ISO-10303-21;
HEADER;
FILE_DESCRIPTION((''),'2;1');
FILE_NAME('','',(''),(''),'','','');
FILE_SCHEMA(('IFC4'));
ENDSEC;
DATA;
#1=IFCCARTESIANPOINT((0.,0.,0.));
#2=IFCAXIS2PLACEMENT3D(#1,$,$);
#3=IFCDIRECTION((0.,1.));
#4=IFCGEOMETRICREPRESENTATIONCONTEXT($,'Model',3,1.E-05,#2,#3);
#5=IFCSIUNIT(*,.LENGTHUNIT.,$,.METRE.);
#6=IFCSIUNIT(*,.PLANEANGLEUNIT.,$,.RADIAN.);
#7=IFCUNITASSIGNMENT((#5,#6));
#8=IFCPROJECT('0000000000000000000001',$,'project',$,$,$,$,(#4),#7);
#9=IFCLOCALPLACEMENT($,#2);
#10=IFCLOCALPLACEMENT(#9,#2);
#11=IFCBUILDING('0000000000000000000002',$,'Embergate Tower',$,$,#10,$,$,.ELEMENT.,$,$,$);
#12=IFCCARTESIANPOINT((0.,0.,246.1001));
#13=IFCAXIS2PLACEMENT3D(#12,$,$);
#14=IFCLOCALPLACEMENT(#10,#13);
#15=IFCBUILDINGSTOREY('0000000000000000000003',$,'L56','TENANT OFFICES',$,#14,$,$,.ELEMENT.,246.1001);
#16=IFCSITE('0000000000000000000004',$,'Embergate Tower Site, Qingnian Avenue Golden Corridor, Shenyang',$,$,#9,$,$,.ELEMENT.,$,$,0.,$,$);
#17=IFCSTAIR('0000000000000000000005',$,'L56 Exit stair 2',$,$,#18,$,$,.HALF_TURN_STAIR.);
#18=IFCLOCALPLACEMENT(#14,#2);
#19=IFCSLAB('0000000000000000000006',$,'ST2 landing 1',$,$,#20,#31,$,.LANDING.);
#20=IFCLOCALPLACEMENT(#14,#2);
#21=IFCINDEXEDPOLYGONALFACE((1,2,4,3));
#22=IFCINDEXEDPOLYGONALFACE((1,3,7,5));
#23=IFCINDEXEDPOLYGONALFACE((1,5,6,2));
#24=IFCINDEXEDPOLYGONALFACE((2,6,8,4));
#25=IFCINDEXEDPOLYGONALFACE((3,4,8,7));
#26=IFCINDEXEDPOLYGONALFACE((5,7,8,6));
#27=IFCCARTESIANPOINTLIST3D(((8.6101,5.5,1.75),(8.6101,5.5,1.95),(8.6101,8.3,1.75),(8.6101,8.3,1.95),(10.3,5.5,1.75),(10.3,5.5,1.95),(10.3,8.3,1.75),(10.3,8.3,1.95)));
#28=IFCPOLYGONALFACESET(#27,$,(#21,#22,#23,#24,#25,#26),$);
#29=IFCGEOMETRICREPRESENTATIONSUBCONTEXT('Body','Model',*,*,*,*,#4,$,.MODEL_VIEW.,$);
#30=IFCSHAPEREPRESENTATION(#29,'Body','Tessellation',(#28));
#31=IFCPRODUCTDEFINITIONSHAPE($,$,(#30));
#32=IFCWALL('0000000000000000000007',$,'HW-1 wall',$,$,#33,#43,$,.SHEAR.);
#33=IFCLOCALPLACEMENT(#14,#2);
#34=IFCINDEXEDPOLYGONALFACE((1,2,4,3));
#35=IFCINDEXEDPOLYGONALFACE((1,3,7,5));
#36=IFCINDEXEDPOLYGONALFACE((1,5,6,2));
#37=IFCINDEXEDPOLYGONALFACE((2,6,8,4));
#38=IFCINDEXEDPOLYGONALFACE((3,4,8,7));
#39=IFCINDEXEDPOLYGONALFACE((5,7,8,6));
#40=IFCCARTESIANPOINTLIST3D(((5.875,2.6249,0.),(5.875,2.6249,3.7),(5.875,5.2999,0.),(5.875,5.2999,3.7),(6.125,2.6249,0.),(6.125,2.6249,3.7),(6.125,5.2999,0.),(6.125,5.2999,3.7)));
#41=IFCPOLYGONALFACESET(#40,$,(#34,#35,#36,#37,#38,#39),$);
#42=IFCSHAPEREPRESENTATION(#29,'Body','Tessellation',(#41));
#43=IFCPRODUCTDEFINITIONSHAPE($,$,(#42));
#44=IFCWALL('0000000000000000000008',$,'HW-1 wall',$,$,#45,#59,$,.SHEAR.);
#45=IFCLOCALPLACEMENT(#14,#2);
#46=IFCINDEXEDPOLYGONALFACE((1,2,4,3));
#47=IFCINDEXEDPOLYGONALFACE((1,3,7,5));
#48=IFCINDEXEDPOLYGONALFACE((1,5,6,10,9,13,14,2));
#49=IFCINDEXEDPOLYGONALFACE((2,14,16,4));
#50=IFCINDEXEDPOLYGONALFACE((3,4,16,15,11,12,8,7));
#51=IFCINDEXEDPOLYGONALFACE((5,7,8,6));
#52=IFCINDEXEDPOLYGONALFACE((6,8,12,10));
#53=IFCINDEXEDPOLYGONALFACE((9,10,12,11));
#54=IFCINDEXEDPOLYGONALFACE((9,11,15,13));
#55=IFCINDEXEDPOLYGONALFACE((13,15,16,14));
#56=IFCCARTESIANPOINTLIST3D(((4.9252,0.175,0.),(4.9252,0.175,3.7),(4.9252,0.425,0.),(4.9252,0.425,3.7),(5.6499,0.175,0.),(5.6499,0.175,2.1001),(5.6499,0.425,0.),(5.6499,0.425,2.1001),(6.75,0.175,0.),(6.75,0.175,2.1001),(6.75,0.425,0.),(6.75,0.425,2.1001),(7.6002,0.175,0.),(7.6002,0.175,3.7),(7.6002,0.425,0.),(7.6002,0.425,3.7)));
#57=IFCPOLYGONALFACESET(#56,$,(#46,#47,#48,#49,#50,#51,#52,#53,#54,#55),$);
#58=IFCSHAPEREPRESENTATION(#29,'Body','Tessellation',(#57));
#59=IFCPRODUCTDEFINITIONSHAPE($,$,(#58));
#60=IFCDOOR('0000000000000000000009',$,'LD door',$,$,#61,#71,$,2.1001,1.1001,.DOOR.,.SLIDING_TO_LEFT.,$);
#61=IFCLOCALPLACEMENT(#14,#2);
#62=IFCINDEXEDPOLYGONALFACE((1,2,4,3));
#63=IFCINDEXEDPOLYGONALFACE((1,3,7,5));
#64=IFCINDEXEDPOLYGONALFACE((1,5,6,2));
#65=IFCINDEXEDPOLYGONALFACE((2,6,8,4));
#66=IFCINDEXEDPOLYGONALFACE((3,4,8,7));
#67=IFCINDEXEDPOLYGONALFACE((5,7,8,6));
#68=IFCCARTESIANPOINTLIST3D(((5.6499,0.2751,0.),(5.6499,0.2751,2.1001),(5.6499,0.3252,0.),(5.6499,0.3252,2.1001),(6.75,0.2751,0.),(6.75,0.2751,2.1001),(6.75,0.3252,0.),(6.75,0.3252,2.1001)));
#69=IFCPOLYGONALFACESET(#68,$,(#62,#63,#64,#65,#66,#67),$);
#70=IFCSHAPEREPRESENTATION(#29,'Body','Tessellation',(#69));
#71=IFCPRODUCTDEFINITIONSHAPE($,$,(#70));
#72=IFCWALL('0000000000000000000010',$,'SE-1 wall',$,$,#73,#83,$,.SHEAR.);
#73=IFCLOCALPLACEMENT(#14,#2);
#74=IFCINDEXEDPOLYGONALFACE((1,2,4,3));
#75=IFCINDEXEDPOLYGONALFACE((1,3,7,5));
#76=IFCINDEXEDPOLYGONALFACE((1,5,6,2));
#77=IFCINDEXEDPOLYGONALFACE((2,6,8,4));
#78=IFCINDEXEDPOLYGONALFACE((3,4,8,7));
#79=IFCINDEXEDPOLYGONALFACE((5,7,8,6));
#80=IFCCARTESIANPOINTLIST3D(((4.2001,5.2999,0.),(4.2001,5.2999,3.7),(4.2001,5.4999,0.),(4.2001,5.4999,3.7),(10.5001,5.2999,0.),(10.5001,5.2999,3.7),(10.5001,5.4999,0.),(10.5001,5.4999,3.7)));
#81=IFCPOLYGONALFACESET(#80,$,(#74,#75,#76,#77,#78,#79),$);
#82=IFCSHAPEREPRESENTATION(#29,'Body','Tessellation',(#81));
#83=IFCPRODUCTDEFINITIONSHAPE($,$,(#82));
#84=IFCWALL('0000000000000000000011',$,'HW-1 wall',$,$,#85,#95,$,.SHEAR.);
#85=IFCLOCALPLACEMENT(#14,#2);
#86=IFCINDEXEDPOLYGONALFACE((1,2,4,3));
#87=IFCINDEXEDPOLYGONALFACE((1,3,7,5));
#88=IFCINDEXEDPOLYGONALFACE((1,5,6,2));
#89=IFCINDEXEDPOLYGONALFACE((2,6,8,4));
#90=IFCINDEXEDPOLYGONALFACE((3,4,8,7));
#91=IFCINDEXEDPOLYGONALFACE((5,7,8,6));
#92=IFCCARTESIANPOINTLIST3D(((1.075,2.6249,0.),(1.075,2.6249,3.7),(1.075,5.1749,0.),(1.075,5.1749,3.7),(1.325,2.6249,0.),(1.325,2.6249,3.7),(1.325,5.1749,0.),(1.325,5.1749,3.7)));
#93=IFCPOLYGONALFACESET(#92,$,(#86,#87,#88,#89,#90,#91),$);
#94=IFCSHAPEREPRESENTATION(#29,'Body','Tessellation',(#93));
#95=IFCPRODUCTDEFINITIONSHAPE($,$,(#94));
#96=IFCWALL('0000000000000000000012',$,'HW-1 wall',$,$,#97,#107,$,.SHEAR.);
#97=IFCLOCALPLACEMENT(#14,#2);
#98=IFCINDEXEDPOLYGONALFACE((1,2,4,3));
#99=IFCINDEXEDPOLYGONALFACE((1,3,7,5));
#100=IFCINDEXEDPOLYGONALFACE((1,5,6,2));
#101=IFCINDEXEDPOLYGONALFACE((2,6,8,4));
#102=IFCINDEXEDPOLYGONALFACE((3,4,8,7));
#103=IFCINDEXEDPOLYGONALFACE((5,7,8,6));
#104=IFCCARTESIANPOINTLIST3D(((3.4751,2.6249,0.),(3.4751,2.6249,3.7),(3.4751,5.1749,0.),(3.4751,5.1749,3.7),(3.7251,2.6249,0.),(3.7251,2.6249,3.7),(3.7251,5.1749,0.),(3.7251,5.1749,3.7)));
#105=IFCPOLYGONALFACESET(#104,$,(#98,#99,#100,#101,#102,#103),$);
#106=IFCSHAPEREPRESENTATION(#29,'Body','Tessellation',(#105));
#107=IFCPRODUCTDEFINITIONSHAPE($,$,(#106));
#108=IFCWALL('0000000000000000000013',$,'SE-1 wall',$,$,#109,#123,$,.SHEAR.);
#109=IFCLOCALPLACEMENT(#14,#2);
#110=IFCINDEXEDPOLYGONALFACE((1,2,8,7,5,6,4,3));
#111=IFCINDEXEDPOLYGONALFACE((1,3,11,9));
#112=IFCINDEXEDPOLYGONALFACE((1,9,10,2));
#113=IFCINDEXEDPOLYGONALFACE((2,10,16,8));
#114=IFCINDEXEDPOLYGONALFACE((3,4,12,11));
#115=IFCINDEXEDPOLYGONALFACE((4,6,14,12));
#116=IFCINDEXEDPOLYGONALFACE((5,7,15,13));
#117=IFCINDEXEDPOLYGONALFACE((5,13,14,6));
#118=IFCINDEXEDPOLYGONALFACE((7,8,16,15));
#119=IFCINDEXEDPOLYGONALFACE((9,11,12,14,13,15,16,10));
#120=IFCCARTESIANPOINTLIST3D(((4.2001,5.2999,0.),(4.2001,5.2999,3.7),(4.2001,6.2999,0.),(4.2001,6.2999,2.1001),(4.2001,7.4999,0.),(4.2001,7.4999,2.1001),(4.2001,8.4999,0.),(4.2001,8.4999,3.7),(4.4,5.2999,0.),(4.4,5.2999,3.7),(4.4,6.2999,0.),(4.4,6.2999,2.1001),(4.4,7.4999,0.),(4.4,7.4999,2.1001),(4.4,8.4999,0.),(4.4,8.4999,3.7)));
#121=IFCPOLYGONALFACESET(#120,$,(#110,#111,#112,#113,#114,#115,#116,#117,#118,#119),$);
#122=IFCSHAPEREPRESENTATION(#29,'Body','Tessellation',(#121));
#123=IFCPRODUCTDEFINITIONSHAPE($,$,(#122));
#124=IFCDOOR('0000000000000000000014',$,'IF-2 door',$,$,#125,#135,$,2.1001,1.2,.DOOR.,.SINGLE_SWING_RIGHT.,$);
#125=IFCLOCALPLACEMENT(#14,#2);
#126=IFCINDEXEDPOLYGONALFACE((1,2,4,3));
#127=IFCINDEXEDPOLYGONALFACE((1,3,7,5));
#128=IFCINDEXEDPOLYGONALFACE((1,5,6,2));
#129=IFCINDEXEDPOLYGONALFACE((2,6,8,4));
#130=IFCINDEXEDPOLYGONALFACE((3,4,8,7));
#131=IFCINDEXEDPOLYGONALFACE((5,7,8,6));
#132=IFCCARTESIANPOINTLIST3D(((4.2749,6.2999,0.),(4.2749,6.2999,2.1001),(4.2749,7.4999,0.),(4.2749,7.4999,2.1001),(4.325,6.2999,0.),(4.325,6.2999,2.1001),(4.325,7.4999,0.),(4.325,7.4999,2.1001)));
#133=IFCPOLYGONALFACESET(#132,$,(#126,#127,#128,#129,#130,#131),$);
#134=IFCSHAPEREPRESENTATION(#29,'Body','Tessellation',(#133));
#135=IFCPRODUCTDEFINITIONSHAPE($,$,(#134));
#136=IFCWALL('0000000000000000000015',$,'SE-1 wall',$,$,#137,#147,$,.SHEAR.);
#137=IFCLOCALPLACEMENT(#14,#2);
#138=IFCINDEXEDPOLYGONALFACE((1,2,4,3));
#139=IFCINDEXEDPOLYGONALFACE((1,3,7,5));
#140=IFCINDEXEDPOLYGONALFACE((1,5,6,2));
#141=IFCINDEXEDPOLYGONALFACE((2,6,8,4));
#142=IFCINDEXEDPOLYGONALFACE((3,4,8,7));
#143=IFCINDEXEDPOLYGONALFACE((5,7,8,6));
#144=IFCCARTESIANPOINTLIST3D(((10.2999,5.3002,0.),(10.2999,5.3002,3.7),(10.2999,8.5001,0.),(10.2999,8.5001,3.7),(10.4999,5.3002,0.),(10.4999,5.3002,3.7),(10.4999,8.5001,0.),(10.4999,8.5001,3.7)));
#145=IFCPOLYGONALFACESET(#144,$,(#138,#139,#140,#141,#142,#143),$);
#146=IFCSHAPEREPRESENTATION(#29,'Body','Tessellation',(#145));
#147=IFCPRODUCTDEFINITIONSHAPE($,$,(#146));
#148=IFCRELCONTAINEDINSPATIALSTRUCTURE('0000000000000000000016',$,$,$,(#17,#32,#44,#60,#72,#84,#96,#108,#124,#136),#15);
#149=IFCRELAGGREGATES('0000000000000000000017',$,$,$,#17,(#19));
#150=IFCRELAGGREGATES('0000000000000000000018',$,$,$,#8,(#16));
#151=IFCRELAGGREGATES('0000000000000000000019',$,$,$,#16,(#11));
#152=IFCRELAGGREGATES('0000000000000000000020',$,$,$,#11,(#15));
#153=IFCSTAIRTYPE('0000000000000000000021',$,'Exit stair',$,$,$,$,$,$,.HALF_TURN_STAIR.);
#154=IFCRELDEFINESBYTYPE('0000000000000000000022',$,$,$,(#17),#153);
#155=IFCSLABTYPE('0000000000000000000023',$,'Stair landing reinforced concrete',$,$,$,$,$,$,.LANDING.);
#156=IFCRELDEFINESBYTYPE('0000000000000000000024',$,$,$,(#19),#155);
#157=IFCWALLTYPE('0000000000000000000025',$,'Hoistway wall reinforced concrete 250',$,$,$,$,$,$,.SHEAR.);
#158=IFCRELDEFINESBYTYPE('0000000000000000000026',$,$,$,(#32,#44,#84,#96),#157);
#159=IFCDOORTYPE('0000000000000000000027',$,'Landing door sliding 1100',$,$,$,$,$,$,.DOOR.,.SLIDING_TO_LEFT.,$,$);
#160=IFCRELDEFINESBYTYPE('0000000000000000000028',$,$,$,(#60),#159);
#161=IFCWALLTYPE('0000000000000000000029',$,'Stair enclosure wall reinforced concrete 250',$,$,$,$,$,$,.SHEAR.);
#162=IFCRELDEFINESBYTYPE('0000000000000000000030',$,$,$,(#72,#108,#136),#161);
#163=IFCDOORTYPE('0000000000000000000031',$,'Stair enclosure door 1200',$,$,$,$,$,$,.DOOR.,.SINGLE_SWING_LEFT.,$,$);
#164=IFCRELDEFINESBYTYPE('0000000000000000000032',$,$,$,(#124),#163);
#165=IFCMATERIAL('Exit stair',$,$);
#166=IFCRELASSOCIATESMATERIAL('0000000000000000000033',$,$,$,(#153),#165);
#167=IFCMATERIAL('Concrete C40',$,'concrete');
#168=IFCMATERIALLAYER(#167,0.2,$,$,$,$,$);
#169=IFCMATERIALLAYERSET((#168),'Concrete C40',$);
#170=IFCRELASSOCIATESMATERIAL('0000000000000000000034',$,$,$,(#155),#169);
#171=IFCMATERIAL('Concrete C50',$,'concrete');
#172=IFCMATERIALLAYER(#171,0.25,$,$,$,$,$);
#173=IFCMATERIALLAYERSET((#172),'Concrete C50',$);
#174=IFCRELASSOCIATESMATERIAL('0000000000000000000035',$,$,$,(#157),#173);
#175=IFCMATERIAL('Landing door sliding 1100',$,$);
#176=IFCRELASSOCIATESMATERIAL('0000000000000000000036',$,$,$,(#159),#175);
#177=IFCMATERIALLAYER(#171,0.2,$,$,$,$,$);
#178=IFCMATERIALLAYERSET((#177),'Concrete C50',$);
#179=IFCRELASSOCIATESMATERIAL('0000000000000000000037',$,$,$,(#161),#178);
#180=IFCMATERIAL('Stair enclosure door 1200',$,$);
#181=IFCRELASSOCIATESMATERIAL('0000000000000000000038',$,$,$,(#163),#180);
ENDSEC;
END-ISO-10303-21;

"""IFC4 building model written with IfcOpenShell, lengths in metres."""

from ifc_helpers import new_model, si_unit, direction, frame, frame_2d, origin, place, context, subcontext, project, spatial, polyline, rectangle, outline, extrude, source, transform, mapped, material, layer, layer_set, type_object, element, fill, aggregate, save


model = new_model("IFC4")

# Units and contexts
model_context = context("Model", 3, precision=1e-05, world=origin(), true_north=direction((0.0, 1.0)))
body_context = subcontext(model_context, "Body", "Model", "MODEL_VIEW")
ifc_project = project(units=[si_unit("LENGTHUNIT", "METRE"), si_unit("PLANEANGLEUNIT", "RADIAN")], contexts=[model_context])

# Site, building, storey
site_placement = place(None, origin())
site = spatial("IfcSite", under=ifc_project, at=site_placement, Name="Embergate Tower Site, Qingnian Avenue Golden Corridor, Shenyang", CompositionType="ELEMENT", RefElevation=0.0)
building_placement = place(site_placement, origin())
building = spatial("IfcBuilding", under=site, at=building_placement, Name="Embergate Tower", CompositionType="ELEMENT")
storey_placement = place(building_placement, frame((0.0, 0.0, 246.1001)))
storey = spatial("IfcBuildingStorey", under=building, at=storey_placement, Name="L56", Description="TENANT OFFICES", CompositionType="ELEMENT", Elevation=246.1001)

# Stair, slab
ifc_material_1 = material(Name="Exit stair")
stair_type = type_object("IfcStairType", Name="Exit stair", PredefinedType="HALF_TURN_STAIR", material=ifc_material_1)
stair_placement = place(storey_placement, origin())
stair = element("IfcStair", 1, at=stair_placement, inside=storey, type_object=stair_type, Name="L56 Exit stair 2", PredefinedType="HALF_TURN_STAIR")
ifc_material_2 = material(Name="Concrete C40", Category="concrete")
ifc_layer_1 = layer(ifc_material_2, 0.2)
ifc_layer_set_1 = layer_set([ifc_layer_1], Name="Concrete C40")
slab_type = type_object("IfcSlabType", Name="Stair landing reinforced concrete", PredefinedType="LANDING", material=ifc_layer_set_1)
shared_shape_1 = source(origin(), body_context, "Body", "SweptSolid", [
    extrude(outline(polyline([(0.0, 0.0), (1.6899, 0.0), (1.6899, 2.8), (0.0, 2.8), (0.0, 0.0)])), origin(), (0.0, 0.0, 1.0), 0.2),
])
slab_placement = place(storey_placement, frame((8.6101, 5.5, 1.75)))
slab = element("IfcSlab", 2, at=slab_placement, type_object=slab_type, Name="ST2 landing 1", PredefinedType="LANDING", context=body_context, shape_type="MappedRepresentation", body=[
    mapped(shared_shape_1, transform((0.0, 0.0, 0.0))),
])

# Wall
ifc_material_3 = material(Name="Concrete C50", Category="concrete")
ifc_layer_2 = layer(ifc_material_3, 0.25)
ifc_layer_set_2 = layer_set([ifc_layer_2], Name="Concrete C50")
wall_type_1 = type_object("IfcWallType", Name="Hoistway wall reinforced concrete 250", PredefinedType="SHEAR", material=ifc_layer_set_2)
shared_shape_2 = source(origin(), body_context, "Body", "SweptSolid", [
    extrude(rectangle(XDim=2.675, YDim=0.25, at=frame_2d((1.3374, 0.0))), origin(), (0.0, 0.0, 1.0), 3.7),
])
wall_1_placement = place(storey_placement, frame((6.0, 2.625, 0.0), z_axis=(0.0, 0.0, 1.0), x_axis=(0.0, 1.0, 0.0)))
element("IfcWall", 3, at=wall_1_placement, inside=storey, type_object=wall_type_1, Name="HW-1 wall", PredefinedType="SHEAR", context=body_context, shape_type="MappedRepresentation", body=[
    mapped(shared_shape_2, transform((0.0, 0.0, 0.0))),
])

# Wall, opening, door
wall_2_placement = place(storey_placement, frame((7.6001, 0.3, 0.0), z_axis=(0.0, 0.0, 1.0), x_axis=(-1.0, 0.0, 0.0)))
wall_2 = element("IfcWall", 4, at=wall_2_placement, inside=storey, type_object=wall_type_1, Name="HW-1 wall", PredefinedType="SHEAR", context=body_context, shape_type="MappedRepresentation", body=[
    mapped(shared_shape_2, transform((0.0, 0.0, 0.0))),
])
shared_shape_3 = source(origin(), body_context, "Body", "SweptSolid", [
    extrude(rectangle(XDim=1.1001, YDim=2.1001, at=frame_2d((0.55, 1.05))), frame((0.0, 0.135, 0.0), z_axis=(0.0, -1.0, 0.0), x_axis=(1.0, 0.0, 0.0)), (0.0, 0.0, 1.0), 0.27),
])
opening_1_placement = place(wall_2_placement, frame((0.8501, 0.0, 0.0)))
opening_1 = element("IfcOpeningElement", 5, at=opening_1_placement, cuts=wall_2, PredefinedType="OPENING", context=body_context, shape_type="MappedRepresentation", body=[
    mapped(shared_shape_3, transform((0.0, 0.0, 0.0))),
])
ifc_material_4 = material(Name="Landing door sliding 1100")
door_type_1 = type_object("IfcDoorType", Name="Landing door sliding 1100", OperationType="SLIDING_TO_LEFT", PredefinedType="DOOR", material=ifc_material_4)
shared_shape_4 = source(origin(), body_context, "Body", "SweptSolid", [
    extrude(rectangle(XDim=1.1001, YDim=2.1001, at=frame_2d((0.55, 1.05))), frame((0.0, 0.0249, 0.0), z_axis=(0.0, -1.0, 0.0), x_axis=(1.0, 0.0, 0.0)), (0.0, 0.0, 1.0), 0.05),
])
door_1_placement = place(opening_1_placement, origin())
door_1 = element("IfcDoor", 6, at=door_1_placement, inside=storey, type_object=door_type_1, Name="LD door", OperationType="SLIDING_TO_LEFT", OverallHeight=2.1001, OverallWidth=1.1001, PredefinedType="DOOR", context=body_context, shape_type="MappedRepresentation", body=[
    mapped(shared_shape_4, transform((0.0, 0.0, 0.0))),
])
fill(opening_1, door_1)

# Walls
ifc_layer_3 = layer(ifc_material_3, 0.2)
ifc_layer_set_3 = layer_set([ifc_layer_3], Name="Concrete C50")
wall_type_2 = type_object("IfcWallType", Name="Stair enclosure wall reinforced concrete 250", PredefinedType="SHEAR", material=ifc_layer_set_3)
shared_shape_5 = source(origin(), body_context, "Body", "SweptSolid", [
    extrude(rectangle(XDim=6.3, YDim=0.2, at=frame_2d((3.1499, 0.0))), origin(), (0.0, 0.0, 1.0), 3.7),
])
wall_3_placement = place(storey_placement, frame((10.5, 5.3999, 0.0), z_axis=(0.0, 0.0, 1.0), x_axis=(-1.0, 0.0, 0.0)))
element("IfcWall", 7, at=wall_3_placement, inside=storey, type_object=wall_type_2, Name="SE-1 wall", PredefinedType="SHEAR", context=body_context, shape_type="MappedRepresentation", body=[
    mapped(shared_shape_5, transform((0.0, 0.0, 0.0))),
])
shared_shape_6 = source(origin(), body_context, "Body", "SweptSolid", [
    extrude(rectangle(XDim=2.55, YDim=0.25, at=frame_2d((1.2749, 0.0))), origin(), (0.0, 0.0, 1.0), 3.7),
])
for number, where, z_axis, x_axis, name in (
    (8, (1.2, 2.625, 0.0), (0.0, 0.0, 1.0), (0.0, 1.0, 0.0), "HW-1 wall"),
    (9, (3.6001, 2.625, 0.0), (0.0, 0.0, 1.0), (0.0, 1.0, 0.0), "HW-1 wall"),
):
    element("IfcWall", number, at=place(storey_placement, frame(where, z_axis=z_axis, x_axis=x_axis)), inside=storey, type_object=wall_type_1, Name=name, PredefinedType="SHEAR", context=body_context, shape_type="MappedRepresentation", body=[
        mapped(shared_shape_6, transform((0.0, 0.0, 0.0))),
    ])

# Wall, opening, door
shared_shape_7 = source(origin(), body_context, "Body", "SweptSolid", [
    extrude(rectangle(XDim=3.2, YDim=0.2, at=frame_2d((1.6001, 0.0))), origin(), (0.0, 0.0, 1.0), 3.7),
])
wall_4_placement = place(storey_placement, frame((4.3, 8.5, 0.0), z_axis=(0.0, 0.0, 1.0), x_axis=(0.0, -1.0, 0.0)))
wall_4 = element("IfcWall", 10, at=wall_4_placement, inside=storey, type_object=wall_type_2, Name="SE-1 wall", PredefinedType="SHEAR", context=body_context, shape_type="MappedRepresentation", body=[
    mapped(shared_shape_7, transform((0.0, 0.0, 0.0))),
])
shared_shape_8 = source(origin(), body_context, "Body", "SweptSolid", [
    extrude(rectangle(XDim=1.2, YDim=2.1001, at=frame_2d((0.6001, 1.05))), frame((0.0, 0.1099, 0.0), z_axis=(0.0, -1.0, 0.0), x_axis=(1.0, 0.0, 0.0)), (0.0, 0.0, 1.0), 0.22),
])
opening_2_placement = place(wall_4_placement, frame((1.0, 0.0, 0.0)))
opening_2 = element("IfcOpeningElement", 11, at=opening_2_placement, cuts=wall_4, PredefinedType="OPENING", context=body_context, shape_type="MappedRepresentation", body=[
    mapped(shared_shape_8, transform((0.0, 0.0, 0.0))),
])
ifc_material_5 = material(Name="Stair enclosure door 1200")
door_type_2 = type_object("IfcDoorType", Name="Stair enclosure door 1200", OperationType="SINGLE_SWING_LEFT", PredefinedType="DOOR", material=ifc_material_5)
shared_shape_9 = source(origin(), body_context, "Body", "SweptSolid", [
    extrude(rectangle(XDim=1.2, YDim=2.1001, at=frame_2d((0.6001, 1.05))), frame((0.0, 0.0249, 0.0), z_axis=(0.0, -1.0, 0.0), x_axis=(1.0, 0.0, 0.0)), (0.0, 0.0, 1.0), 0.05),
])
door_2_placement = place(opening_2_placement, origin())
door_2 = element("IfcDoor", 12, at=door_2_placement, inside=storey, type_object=door_type_2, Name="IF-2 door", OperationType="SINGLE_SWING_RIGHT", OverallHeight=2.1001, OverallWidth=1.2, PredefinedType="DOOR", context=body_context, shape_type="MappedRepresentation", body=[
    mapped(shared_shape_9, transform((0.0, 0.0, 0.0))),
])
fill(opening_2, door_2)

# Wall
wall_5_placement = place(storey_placement, frame((10.3999, 5.3, 0.0), z_axis=(0.0, 0.0, 1.0), x_axis=(0.0, 1.0, 0.0)))
element("IfcWall", 13, at=wall_5_placement, inside=storey, type_object=wall_type_2, Name="SE-1 wall", PredefinedType="SHEAR", context=body_context, shape_type="MappedRepresentation", body=[
    mapped(shared_shape_7, transform((0.0, 0.0, 0.0))),
])

aggregate(stair, [slab])

save(model, "model.ifc")
